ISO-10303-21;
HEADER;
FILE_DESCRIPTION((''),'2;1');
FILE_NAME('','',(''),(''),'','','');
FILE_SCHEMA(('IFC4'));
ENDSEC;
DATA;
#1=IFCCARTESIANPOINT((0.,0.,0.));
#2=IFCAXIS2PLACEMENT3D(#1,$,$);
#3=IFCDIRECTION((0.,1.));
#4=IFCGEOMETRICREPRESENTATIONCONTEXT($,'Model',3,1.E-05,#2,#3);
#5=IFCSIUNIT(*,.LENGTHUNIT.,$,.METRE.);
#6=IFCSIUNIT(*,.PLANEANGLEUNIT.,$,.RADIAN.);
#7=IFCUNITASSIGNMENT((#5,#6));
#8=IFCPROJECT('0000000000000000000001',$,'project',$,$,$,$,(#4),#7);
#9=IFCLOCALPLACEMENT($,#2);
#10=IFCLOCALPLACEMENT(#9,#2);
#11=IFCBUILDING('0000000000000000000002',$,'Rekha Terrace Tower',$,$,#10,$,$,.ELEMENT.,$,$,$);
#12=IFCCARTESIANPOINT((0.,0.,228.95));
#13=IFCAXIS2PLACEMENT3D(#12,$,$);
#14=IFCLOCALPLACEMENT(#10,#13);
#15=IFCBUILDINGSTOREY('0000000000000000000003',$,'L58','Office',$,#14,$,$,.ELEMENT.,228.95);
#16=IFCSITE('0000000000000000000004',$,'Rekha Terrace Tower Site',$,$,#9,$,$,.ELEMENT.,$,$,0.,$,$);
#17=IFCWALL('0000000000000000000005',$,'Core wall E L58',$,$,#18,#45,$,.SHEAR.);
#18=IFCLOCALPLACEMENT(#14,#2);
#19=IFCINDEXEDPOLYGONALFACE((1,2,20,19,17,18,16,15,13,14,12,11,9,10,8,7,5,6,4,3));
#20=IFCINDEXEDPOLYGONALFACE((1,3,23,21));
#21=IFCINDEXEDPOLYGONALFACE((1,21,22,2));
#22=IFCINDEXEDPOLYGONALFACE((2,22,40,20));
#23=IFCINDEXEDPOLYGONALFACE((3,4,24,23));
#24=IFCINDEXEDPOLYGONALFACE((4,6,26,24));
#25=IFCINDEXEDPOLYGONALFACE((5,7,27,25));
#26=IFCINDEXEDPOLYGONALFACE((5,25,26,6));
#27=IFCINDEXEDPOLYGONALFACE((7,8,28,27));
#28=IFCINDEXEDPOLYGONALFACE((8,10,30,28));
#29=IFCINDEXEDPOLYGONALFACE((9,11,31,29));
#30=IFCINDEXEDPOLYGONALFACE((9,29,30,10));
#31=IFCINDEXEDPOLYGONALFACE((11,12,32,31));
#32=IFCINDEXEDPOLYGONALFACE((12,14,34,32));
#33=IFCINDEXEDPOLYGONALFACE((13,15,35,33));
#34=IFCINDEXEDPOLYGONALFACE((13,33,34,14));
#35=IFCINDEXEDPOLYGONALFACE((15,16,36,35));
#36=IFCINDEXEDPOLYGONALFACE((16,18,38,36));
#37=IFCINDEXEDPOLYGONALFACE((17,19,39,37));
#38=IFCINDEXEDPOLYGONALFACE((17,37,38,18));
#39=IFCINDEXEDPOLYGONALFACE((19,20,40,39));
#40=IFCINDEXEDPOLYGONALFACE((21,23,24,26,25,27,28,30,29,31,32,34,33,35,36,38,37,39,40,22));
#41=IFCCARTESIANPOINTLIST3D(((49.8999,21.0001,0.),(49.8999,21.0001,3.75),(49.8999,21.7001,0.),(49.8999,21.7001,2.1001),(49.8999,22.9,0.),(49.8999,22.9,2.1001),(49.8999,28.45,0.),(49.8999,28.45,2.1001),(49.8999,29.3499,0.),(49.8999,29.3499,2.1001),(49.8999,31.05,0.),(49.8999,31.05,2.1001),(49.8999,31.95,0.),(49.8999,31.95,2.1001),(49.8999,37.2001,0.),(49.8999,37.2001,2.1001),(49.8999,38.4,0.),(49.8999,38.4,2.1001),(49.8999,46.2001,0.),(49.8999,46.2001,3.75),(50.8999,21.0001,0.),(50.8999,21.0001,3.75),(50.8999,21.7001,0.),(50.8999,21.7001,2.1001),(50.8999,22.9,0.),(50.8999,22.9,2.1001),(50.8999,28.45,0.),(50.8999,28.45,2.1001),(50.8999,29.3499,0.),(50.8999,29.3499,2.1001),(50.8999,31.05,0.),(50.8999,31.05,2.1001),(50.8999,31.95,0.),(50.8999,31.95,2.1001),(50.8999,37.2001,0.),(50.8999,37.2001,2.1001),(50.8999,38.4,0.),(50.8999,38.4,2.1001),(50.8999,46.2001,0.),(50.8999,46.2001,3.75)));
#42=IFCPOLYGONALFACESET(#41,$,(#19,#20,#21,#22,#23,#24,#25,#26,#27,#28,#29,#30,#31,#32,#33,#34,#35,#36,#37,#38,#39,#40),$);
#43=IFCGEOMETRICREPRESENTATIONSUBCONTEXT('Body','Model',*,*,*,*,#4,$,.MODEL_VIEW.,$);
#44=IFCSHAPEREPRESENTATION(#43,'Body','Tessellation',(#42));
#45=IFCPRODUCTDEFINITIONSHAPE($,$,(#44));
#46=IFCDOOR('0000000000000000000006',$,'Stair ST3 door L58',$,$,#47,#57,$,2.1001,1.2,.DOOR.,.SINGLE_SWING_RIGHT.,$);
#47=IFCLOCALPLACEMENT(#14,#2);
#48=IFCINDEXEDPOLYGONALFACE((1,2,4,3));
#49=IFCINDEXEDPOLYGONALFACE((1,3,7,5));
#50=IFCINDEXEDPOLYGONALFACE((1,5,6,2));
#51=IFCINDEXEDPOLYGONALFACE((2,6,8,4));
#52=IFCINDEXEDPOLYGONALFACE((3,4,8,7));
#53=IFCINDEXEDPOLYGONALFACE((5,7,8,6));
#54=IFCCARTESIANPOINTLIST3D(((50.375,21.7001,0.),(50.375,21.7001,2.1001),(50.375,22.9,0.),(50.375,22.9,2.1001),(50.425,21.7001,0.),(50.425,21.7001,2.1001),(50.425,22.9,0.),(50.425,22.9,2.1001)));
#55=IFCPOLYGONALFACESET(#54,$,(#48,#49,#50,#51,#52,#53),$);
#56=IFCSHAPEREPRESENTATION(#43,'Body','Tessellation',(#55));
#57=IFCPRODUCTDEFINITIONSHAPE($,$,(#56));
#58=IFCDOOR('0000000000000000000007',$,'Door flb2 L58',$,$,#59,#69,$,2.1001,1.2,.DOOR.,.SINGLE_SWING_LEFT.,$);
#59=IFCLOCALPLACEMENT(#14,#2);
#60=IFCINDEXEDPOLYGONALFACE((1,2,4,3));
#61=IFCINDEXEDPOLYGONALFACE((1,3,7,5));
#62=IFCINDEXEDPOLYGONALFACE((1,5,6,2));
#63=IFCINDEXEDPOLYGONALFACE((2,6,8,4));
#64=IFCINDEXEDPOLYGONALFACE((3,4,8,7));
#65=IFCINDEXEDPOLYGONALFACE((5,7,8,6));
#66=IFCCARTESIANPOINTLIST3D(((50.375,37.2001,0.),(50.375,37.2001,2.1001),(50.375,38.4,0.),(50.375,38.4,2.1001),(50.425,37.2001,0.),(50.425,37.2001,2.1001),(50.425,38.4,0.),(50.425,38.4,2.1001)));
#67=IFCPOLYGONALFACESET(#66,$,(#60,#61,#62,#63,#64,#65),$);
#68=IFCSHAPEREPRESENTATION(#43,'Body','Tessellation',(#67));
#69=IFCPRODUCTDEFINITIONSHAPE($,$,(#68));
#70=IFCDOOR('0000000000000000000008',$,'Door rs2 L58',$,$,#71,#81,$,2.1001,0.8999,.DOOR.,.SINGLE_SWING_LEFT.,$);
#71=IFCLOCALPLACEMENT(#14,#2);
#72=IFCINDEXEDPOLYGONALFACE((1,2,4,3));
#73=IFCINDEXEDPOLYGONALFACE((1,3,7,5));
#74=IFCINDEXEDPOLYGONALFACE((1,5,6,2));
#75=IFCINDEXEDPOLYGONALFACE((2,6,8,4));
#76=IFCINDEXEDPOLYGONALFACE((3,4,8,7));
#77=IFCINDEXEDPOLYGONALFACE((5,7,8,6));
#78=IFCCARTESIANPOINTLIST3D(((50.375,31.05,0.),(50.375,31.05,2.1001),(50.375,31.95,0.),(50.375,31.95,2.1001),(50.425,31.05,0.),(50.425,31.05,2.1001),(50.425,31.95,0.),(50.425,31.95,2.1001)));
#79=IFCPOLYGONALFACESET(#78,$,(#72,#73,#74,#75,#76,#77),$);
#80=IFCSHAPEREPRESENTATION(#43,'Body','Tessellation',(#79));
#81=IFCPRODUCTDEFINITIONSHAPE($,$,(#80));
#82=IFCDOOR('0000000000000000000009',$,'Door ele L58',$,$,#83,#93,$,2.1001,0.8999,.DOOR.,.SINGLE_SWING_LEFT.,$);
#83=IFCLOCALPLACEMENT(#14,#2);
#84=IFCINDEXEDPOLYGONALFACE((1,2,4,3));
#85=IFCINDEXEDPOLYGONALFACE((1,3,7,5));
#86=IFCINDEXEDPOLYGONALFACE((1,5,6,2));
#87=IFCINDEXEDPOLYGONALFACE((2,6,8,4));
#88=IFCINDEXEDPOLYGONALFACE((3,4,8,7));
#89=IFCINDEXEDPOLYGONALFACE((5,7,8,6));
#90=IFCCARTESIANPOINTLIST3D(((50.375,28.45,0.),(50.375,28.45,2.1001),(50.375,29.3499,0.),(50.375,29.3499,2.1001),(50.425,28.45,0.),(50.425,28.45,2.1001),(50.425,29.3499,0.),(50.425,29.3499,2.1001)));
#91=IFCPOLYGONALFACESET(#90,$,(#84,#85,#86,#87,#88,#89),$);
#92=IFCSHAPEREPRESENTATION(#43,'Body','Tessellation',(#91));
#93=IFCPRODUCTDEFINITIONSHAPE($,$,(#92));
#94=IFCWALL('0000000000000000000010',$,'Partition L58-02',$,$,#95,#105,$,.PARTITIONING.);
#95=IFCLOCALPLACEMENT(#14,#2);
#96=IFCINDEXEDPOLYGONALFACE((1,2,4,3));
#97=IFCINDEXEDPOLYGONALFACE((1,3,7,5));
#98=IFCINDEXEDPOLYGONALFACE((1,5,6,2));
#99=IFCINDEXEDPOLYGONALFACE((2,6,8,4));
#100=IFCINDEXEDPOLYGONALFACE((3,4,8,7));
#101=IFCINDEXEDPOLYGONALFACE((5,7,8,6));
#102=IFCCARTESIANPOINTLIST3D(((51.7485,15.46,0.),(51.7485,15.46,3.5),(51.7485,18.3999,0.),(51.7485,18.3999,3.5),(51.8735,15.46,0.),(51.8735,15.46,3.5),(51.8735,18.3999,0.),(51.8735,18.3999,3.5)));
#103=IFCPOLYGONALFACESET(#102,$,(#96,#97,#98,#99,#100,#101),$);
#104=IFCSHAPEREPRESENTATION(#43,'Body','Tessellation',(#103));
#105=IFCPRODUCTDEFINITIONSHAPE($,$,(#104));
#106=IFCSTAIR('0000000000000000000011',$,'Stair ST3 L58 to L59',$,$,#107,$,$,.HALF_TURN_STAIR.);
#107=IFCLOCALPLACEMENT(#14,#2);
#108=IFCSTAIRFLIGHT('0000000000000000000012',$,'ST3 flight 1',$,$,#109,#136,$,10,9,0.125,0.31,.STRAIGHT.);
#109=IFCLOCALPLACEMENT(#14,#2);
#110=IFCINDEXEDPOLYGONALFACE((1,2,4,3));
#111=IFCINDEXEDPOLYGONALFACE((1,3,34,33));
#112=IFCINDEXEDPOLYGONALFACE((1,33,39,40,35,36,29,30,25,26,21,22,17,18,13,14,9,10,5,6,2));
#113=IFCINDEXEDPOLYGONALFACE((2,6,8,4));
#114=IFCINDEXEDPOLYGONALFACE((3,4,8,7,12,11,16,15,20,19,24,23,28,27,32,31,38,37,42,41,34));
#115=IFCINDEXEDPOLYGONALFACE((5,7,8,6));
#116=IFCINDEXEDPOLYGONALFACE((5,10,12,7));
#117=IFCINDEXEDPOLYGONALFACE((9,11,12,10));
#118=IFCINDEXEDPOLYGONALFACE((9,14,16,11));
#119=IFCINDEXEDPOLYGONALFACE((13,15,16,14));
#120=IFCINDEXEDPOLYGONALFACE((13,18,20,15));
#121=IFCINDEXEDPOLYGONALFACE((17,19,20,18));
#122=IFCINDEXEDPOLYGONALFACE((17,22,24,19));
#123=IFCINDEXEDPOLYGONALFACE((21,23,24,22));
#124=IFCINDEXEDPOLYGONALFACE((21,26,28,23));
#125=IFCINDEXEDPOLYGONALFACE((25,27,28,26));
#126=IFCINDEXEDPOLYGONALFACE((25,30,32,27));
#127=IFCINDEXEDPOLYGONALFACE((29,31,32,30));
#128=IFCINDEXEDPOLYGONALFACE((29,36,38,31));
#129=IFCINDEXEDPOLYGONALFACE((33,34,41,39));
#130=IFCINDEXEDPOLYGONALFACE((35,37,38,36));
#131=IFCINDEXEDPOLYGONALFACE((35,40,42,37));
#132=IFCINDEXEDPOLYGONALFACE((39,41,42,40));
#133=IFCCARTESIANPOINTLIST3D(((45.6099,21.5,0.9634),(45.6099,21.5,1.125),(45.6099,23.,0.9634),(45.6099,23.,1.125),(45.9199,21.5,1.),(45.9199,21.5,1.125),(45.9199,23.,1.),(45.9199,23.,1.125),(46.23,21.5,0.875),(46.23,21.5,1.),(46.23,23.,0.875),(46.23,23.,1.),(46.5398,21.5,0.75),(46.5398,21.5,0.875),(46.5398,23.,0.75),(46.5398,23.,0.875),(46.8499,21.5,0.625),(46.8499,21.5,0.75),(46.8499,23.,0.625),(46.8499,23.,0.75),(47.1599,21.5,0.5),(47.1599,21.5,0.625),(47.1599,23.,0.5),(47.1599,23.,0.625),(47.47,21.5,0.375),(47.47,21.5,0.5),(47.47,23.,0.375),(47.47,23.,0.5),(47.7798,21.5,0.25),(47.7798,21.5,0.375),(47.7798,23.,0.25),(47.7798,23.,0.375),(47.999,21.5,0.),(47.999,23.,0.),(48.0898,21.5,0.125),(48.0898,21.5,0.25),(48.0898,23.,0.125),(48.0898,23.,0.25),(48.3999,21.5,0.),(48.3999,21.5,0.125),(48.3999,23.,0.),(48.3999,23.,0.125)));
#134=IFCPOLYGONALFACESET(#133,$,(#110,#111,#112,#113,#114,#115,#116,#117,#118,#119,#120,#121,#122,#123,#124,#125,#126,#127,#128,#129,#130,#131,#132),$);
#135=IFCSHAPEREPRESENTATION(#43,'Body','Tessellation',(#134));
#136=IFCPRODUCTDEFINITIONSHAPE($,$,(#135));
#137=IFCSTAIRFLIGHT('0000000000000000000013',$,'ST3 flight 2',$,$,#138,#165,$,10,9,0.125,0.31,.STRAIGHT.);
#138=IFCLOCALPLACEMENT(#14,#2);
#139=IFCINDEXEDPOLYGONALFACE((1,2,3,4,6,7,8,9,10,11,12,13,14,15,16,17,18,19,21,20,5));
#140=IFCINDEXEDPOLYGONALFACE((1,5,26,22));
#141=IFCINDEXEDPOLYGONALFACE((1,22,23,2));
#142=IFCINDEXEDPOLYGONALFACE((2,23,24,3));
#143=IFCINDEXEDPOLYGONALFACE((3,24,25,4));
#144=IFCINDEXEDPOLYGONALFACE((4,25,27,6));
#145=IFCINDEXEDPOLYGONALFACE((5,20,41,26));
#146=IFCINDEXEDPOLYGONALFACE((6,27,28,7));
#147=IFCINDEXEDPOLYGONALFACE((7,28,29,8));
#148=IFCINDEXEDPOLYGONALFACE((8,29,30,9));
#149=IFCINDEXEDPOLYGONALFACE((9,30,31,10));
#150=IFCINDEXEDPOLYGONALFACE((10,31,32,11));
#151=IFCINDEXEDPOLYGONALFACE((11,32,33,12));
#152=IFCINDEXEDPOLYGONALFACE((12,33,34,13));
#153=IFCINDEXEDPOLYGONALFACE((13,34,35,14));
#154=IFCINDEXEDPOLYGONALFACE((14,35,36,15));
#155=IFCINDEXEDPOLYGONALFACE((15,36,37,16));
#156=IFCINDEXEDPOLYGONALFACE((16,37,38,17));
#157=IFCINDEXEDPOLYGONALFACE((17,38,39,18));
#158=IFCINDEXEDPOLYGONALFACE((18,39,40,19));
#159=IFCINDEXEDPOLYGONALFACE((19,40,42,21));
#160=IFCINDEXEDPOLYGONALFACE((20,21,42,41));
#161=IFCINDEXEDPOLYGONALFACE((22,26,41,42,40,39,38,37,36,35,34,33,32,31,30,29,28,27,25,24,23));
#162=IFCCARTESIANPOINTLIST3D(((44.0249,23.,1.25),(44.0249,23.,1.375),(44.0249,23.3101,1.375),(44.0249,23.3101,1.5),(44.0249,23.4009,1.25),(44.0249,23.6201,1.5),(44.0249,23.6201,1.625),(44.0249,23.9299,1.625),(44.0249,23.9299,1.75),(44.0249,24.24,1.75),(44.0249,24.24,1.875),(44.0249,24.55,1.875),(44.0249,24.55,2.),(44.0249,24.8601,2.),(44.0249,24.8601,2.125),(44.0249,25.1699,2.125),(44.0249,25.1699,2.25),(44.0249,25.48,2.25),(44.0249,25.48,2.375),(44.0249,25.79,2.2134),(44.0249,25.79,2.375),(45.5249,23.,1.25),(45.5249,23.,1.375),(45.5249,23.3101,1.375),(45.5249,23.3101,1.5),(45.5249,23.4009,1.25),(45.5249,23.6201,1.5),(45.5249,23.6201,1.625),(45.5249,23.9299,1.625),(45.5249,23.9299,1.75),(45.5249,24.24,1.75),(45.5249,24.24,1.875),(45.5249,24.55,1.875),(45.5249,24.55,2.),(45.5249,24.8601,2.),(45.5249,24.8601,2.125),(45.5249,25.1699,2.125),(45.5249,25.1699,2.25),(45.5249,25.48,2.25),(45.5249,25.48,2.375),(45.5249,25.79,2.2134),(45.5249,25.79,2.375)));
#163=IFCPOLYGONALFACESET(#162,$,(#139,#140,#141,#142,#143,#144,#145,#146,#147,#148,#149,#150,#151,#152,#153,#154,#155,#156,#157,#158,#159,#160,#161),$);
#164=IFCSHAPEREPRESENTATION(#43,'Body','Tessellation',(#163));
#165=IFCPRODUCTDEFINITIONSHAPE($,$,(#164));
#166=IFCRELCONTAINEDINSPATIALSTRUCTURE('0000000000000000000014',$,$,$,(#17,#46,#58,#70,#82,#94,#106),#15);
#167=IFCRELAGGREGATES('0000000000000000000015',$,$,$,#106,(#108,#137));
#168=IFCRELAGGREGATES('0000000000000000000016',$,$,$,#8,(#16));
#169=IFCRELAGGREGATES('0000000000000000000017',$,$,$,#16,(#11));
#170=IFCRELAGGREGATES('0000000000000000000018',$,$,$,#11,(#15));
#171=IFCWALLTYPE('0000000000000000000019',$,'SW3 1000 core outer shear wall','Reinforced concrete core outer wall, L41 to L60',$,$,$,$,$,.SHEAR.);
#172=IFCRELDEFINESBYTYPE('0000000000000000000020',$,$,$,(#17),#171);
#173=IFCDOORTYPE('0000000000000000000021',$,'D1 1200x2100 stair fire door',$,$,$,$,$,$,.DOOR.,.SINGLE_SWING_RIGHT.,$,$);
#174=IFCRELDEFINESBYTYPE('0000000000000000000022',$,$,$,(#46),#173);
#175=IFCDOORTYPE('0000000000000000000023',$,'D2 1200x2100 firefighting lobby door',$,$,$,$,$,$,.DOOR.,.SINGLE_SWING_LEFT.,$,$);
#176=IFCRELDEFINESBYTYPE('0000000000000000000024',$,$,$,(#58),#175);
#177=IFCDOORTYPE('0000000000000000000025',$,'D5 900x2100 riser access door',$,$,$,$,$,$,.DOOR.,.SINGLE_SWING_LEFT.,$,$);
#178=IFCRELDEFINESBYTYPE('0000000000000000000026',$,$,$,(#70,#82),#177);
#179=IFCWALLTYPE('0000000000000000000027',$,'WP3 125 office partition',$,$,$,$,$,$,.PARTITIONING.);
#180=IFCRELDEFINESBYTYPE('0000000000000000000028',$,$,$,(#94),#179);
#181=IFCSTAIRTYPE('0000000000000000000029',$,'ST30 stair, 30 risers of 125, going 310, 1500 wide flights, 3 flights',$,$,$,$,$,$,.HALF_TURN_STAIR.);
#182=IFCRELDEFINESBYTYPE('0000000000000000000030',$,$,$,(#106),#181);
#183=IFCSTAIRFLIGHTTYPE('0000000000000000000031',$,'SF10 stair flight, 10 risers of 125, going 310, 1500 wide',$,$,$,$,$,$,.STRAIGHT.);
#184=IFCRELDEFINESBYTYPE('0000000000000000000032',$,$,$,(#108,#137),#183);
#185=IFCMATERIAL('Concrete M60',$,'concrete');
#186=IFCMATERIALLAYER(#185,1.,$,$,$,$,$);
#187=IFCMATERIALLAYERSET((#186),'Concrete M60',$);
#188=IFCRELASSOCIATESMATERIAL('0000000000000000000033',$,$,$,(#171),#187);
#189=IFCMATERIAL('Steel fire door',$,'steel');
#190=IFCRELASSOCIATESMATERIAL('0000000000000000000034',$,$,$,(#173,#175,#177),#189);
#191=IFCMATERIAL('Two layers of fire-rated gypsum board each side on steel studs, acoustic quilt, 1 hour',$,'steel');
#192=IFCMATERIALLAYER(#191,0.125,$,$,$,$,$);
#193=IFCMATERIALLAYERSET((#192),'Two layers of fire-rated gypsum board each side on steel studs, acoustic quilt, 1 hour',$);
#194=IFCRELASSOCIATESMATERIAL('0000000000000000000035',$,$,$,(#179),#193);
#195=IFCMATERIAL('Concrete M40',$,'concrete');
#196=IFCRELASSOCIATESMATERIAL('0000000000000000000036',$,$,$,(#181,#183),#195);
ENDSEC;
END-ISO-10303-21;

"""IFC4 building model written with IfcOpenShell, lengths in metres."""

from ifc_helpers import new_model, si_unit, direction, frame, frame_2d, origin, place, context, subcontext, project, spatial, polyline, rectangle, outline, extrude, material, layer, layer_set, type_object, element, fill, aggregate, save


model = new_model("IFC4")

# Units and contexts
model_context = context("Model", 3, precision=1e-05, world=origin(), true_north=direction((0.0, 1.0)))
body_context = subcontext(model_context, "Body", "Model", "MODEL_VIEW")
ifc_project = project(units=[si_unit("LENGTHUNIT", "METRE"), si_unit("PLANEANGLEUNIT", "RADIAN")], contexts=[model_context])

# Site, building, storey
site_placement = place(None, origin())
site = spatial("IfcSite", under=ifc_project, at=site_placement, Name="Rekha Terrace Tower Site", CompositionType="ELEMENT", RefElevation=0.0)
building_placement = place(site_placement, origin())
building = spatial("IfcBuilding", under=site, at=building_placement, Name="Rekha Terrace Tower", CompositionType="ELEMENT")
storey_placement = place(building_placement, frame((0.0, 0.0, 228.95)))
storey = spatial("IfcBuildingStorey", under=building, at=storey_placement, Name="L58", Description="Office", CompositionType="ELEMENT", Elevation=228.95)

# Shared definitions
ifc_material_1 = material(Name="Concrete M60", Category="concrete")

# Wall, openings, doors
ifc_layer_1 = layer(ifc_material_1, 1.0)
ifc_layer_set_1 = layer_set([ifc_layer_1], Name="Concrete M60")
wall_type_1 = type_object("IfcWallType", Name="SW3 1000 core outer shear wall", Description="Reinforced concrete core outer wall, L41 to L60", PredefinedType="SHEAR", material=ifc_layer_set_1)
wall_1_placement = place(storey_placement, frame((50.3999, 21.0, 0.0), z_axis=(0.0, 0.0, 1.0), x_axis=(0.0, 1.0, 0.0)))
wall_1 = element("IfcWall", 1, at=wall_1_placement, inside=storey, type_object=wall_type_1, Name="Core wall E L58", PredefinedType="SHEAR", context=body_context, shape_type="SweptSolid", body=[
    extrude(rectangle(XDim=25.2, YDim=1.0, at=frame_2d((12.6001, 0.0))), origin(), (0.0, 0.0, 1.0), 3.75),
])
opening_1_placement = place(wall_1_placement, frame((16.2, 0.0, 0.0)))
opening_1 = element("IfcOpeningElement", 2, at=opening_1_placement, cuts=wall_1, PredefinedType="OPENING", context=body_context, shape_type="SweptSolid", body=[
    extrude(rectangle(XDim=1.2, YDim=2.1001, at=frame_2d((0.6001, 1.05))), frame((0.0, 0.51, 0.0), z_axis=(0.0, -1.0, 0.0), x_axis=(1.0, 0.0, 0.0)), (0.0, 0.0, 1.0), 1.02),
])
opening_2_placement = place(wall_1_placement, frame((10.05, 0.0, 0.0)))
opening_2 = element("IfcOpeningElement", 3, at=opening_2_placement, cuts=wall_1, PredefinedType="OPENING", context=body_context, shape_type="SweptSolid", body=[
    extrude(rectangle(XDim=0.8999, YDim=2.1001, at=frame_2d((0.45, 1.05))), frame((0.0, 0.51, 0.0), z_axis=(0.0, -1.0, 0.0), x_axis=(1.0, 0.0, 0.0)), (0.0, 0.0, 1.0), 1.02),
])
opening_3_placement = place(wall_1_placement, frame((7.45, 0.0, 0.0)))
opening_3 = element("IfcOpeningElement", 4, at=opening_3_placement, cuts=wall_1, PredefinedType="OPENING", context=body_context, shape_type="SweptSolid", body=[
    extrude(rectangle(XDim=0.8999, YDim=2.1001, at=frame_2d((0.45, 1.05))), frame((0.0, 0.51, 0.0), z_axis=(0.0, -1.0, 0.0), x_axis=(1.0, 0.0, 0.0)), (0.0, 0.0, 1.0), 1.02),
])
opening_4_placement = place(wall_1_placement, frame((0.7, 0.0, 0.0)))
opening_4 = element("IfcOpeningElement", 5, at=opening_4_placement, cuts=wall_1, PredefinedType="OPENING", context=body_context, shape_type="SweptSolid", body=[
    extrude(rectangle(XDim=1.2, YDim=2.1001, at=frame_2d((0.6001, 1.05))), frame((0.0, 0.51, 0.0), z_axis=(0.0, -1.0, 0.0), x_axis=(1.0, 0.0, 0.0)), (0.0, 0.0, 1.0), 1.02),
])
ifc_material_2 = material(Name="Steel fire door", Category="steel")
door_type_1 = type_object("IfcDoorType", Name="D1 1200x2100 stair fire door", OperationType="SINGLE_SWING_RIGHT", PredefinedType="DOOR", material=ifc_material_2)
door_1_placement = place(opening_4_placement, origin())
door_1 = element("IfcDoor", 6, at=door_1_placement, inside=storey, type_object=door_type_1, Name="Stair ST3 door L58", OperationType="SINGLE_SWING_RIGHT", OverallHeight=2.1001, OverallWidth=1.2, PredefinedType="DOOR", context=body_context, shape_type="SweptSolid", body=[
    extrude(rectangle(XDim=1.2, YDim=2.1001, at=frame_2d((0.6001, 1.05))), frame((0.0, 0.0249, 0.0), z_axis=(0.0, -1.0, 0.0), x_axis=(1.0, 0.0, 0.0)), (0.0, 0.0, 1.0), 0.05),
])
fill(opening_4, door_1)
door_type_2 = type_object("IfcDoorType", Name="D2 1200x2100 firefighting lobby door", OperationType="SINGLE_SWING_LEFT", PredefinedType="DOOR", material=ifc_material_2)
door_2_placement = place(opening_1_placement, origin())
door_2 = element("IfcDoor", 7, at=door_2_placement, inside=storey, type_object=door_type_2, Name="Door flb2 L58", OperationType="SINGLE_SWING_LEFT", OverallHeight=2.1001, OverallWidth=1.2, PredefinedType="DOOR", context=body_context, shape_type="SweptSolid", body=[
    extrude(rectangle(XDim=1.2, YDim=2.1001, at=frame_2d((0.6001, 1.05))), frame((0.0, 0.0249, 0.0), z_axis=(0.0, -1.0, 0.0), x_axis=(1.0, 0.0, 0.0)), (0.0, 0.0, 1.0), 0.05),
])
fill(opening_1, door_2)
door_type_3 = type_object("IfcDoorType", Name="D5 900x2100 riser access door", OperationType="SINGLE_SWING_LEFT", PredefinedType="DOOR", material=ifc_material_2)
door_3_placement = place(opening_2_placement, origin())
door_3 = element("IfcDoor", 8, at=door_3_placement, inside=storey, type_object=door_type_3, Name="Door rs2 L58", OperationType="SINGLE_SWING_LEFT", OverallHeight=2.1001, OverallWidth=0.8999, PredefinedType="DOOR", context=body_context, shape_type="SweptSolid", body=[
    extrude(rectangle(XDim=0.8999, YDim=2.1001, at=frame_2d((0.45, 1.05))), frame((0.0, 0.0249, 0.0), z_axis=(0.0, -1.0, 0.0), x_axis=(1.0, 0.0, 0.0)), (0.0, 0.0, 1.0), 0.05),
])
fill(opening_2, door_3)
door_4_placement = place(opening_3_placement, origin())
door_4 = element("IfcDoor", 9, at=door_4_placement, inside=storey, type_object=door_type_3, Name="Door ele L58", OperationType="SINGLE_SWING_LEFT", OverallHeight=2.1001, OverallWidth=0.8999, PredefinedType="DOOR", context=body_context, shape_type="SweptSolid", body=[
    extrude(rectangle(XDim=0.8999, YDim=2.1001, at=frame_2d((0.45, 1.05))), frame((0.0, 0.0249, 0.0), z_axis=(0.0, -1.0, 0.0), x_axis=(1.0, 0.0, 0.0)), (0.0, 0.0, 1.0), 0.05),
])
fill(opening_3, door_4)

# Wall
ifc_material_3 = material(Name="Two layers of fire-rated gypsum board each side on steel studs, acoustic quilt, 1 hour", Category="steel")
ifc_layer_2 = layer(ifc_material_3, 0.125)
ifc_layer_set_2 = layer_set([ifc_layer_2], Name="Two layers of fire-rated gypsum board each side on steel studs, acoustic quilt, 1 hour")
wall_type_2 = type_object("IfcWallType", Name="WP3 125 office partition", PredefinedType="PARTITIONING", material=ifc_layer_set_2)
wall_2_placement = place(storey_placement, frame((51.811, 18.3999, 0.0), z_axis=(0.0, 0.0, 1.0), x_axis=(0.0, -1.0, 0.0)))
element("IfcWall", 10, at=wall_2_placement, inside=storey, type_object=wall_type_2, Name="Partition L58-02", PredefinedType="PARTITIONING", context=body_context, shape_type="SweptSolid", body=[
    extrude(rectangle(XDim=2.9399, YDim=0.125, at=frame_2d((1.47, 0.0))), origin(), (0.0, 0.0, 1.0), 3.5),
])

# Stair, stair flights
ifc_material_4 = material(Name="Concrete M40", Category="concrete")
stair_type = type_object("IfcStairType", Name="ST30 stair, 30 risers of 125, going 310, 1500 wide flights, 3 flights", PredefinedType="HALF_TURN_STAIR", material=ifc_material_4)
stair_placement = place(storey_placement, origin())
stair = element("IfcStair", 11, at=stair_placement, inside=storey, type_object=stair_type, Name="Stair ST3 L58 to L59", PredefinedType="HALF_TURN_STAIR")
stair_flight_type = type_object("IfcStairFlightType", Name="SF10 stair flight, 10 risers of 125, going 310, 1500 wide", PredefinedType="STRAIGHT", material=ifc_material_4)
stair_flight_1_placement = place(storey_placement, frame((48.3999, 22.25, 0.0), z_axis=(0.0, 0.0, 1.0), x_axis=(-1.0, 0.0, 0.0)))
stair_flight_1 = element("IfcStairFlight", 12, at=stair_flight_1_placement, type_object=stair_flight_type, Name="ST3 flight 1", NumberOfRisers=10, NumberOfTreads=9, PredefinedType="STRAIGHT", RiserHeight=0.125, TreadLength=0.31, context=body_context, shape_type="SweptSolid", body=[
    extrude(outline(polyline([(0.0, 0.0), (0.0, 0.125), (0.3101, 0.125), (0.3101, 0.25), (0.6201, 0.25), (0.6201, 0.375), (0.9299, 0.375), (0.9299, 0.5), (1.24, 0.5), (1.24, 0.625), (1.55, 0.625), (1.55, 0.75), (1.8601, 0.75), (1.8601, 0.875), (2.1699, 0.875), (2.1699, 1.0), (2.48, 1.0), (2.48, 1.125), (2.79, 1.125), (2.79, 1.25), (2.79, 0.9634), (0.4009, 0.0), (0.0, 0.0)])), frame((0.0, 0.75, 0.0), z_axis=(0.0, -1.0, 0.0), x_axis=(1.0, 0.0, 0.0)), (0.0, 0.0, 1.0), 1.5),
])
stair_flight_2_placement = place(storey_placement, frame((44.7749, 23.0, 1.25), z_axis=(0.0, 0.0, 1.0), x_axis=(0.0, 1.0, 0.0)))
stair_flight_2 = element("IfcStairFlight", 13, at=stair_flight_2_placement, type_object=stair_flight_type, Name="ST3 flight 2", NumberOfRisers=10, NumberOfTreads=9, PredefinedType="STRAIGHT", RiserHeight=0.125, TreadLength=0.31, context=body_context, shape_type="SweptSolid", body=[
    extrude(outline(polyline([(0.0, 0.0), (0.0, 0.125), (0.3101, 0.125), (0.3101, 0.25), (0.6201, 0.25), (0.6201, 0.375), (0.9299, 0.375), (0.9299, 0.5), (1.24, 0.5), (1.24, 0.625), (1.55, 0.625), (1.55, 0.75), (1.8601, 0.75), (1.8601, 0.875), (2.1699, 0.875), (2.1699, 1.0), (2.48, 1.0), (2.48, 1.125), (2.79, 1.125), (2.79, 1.25), (2.79, 0.9634), (0.4009, 0.0), (0.0, 0.0)])), frame((0.0, 0.75, 0.0), z_axis=(0.0, -1.0, 0.0), x_axis=(1.0, 0.0, 0.0)), (0.0, 0.0, 1.0), 1.5),
])
aggregate(stair, [stair_flight_1, stair_flight_2])

save(model, "model.ifc")
